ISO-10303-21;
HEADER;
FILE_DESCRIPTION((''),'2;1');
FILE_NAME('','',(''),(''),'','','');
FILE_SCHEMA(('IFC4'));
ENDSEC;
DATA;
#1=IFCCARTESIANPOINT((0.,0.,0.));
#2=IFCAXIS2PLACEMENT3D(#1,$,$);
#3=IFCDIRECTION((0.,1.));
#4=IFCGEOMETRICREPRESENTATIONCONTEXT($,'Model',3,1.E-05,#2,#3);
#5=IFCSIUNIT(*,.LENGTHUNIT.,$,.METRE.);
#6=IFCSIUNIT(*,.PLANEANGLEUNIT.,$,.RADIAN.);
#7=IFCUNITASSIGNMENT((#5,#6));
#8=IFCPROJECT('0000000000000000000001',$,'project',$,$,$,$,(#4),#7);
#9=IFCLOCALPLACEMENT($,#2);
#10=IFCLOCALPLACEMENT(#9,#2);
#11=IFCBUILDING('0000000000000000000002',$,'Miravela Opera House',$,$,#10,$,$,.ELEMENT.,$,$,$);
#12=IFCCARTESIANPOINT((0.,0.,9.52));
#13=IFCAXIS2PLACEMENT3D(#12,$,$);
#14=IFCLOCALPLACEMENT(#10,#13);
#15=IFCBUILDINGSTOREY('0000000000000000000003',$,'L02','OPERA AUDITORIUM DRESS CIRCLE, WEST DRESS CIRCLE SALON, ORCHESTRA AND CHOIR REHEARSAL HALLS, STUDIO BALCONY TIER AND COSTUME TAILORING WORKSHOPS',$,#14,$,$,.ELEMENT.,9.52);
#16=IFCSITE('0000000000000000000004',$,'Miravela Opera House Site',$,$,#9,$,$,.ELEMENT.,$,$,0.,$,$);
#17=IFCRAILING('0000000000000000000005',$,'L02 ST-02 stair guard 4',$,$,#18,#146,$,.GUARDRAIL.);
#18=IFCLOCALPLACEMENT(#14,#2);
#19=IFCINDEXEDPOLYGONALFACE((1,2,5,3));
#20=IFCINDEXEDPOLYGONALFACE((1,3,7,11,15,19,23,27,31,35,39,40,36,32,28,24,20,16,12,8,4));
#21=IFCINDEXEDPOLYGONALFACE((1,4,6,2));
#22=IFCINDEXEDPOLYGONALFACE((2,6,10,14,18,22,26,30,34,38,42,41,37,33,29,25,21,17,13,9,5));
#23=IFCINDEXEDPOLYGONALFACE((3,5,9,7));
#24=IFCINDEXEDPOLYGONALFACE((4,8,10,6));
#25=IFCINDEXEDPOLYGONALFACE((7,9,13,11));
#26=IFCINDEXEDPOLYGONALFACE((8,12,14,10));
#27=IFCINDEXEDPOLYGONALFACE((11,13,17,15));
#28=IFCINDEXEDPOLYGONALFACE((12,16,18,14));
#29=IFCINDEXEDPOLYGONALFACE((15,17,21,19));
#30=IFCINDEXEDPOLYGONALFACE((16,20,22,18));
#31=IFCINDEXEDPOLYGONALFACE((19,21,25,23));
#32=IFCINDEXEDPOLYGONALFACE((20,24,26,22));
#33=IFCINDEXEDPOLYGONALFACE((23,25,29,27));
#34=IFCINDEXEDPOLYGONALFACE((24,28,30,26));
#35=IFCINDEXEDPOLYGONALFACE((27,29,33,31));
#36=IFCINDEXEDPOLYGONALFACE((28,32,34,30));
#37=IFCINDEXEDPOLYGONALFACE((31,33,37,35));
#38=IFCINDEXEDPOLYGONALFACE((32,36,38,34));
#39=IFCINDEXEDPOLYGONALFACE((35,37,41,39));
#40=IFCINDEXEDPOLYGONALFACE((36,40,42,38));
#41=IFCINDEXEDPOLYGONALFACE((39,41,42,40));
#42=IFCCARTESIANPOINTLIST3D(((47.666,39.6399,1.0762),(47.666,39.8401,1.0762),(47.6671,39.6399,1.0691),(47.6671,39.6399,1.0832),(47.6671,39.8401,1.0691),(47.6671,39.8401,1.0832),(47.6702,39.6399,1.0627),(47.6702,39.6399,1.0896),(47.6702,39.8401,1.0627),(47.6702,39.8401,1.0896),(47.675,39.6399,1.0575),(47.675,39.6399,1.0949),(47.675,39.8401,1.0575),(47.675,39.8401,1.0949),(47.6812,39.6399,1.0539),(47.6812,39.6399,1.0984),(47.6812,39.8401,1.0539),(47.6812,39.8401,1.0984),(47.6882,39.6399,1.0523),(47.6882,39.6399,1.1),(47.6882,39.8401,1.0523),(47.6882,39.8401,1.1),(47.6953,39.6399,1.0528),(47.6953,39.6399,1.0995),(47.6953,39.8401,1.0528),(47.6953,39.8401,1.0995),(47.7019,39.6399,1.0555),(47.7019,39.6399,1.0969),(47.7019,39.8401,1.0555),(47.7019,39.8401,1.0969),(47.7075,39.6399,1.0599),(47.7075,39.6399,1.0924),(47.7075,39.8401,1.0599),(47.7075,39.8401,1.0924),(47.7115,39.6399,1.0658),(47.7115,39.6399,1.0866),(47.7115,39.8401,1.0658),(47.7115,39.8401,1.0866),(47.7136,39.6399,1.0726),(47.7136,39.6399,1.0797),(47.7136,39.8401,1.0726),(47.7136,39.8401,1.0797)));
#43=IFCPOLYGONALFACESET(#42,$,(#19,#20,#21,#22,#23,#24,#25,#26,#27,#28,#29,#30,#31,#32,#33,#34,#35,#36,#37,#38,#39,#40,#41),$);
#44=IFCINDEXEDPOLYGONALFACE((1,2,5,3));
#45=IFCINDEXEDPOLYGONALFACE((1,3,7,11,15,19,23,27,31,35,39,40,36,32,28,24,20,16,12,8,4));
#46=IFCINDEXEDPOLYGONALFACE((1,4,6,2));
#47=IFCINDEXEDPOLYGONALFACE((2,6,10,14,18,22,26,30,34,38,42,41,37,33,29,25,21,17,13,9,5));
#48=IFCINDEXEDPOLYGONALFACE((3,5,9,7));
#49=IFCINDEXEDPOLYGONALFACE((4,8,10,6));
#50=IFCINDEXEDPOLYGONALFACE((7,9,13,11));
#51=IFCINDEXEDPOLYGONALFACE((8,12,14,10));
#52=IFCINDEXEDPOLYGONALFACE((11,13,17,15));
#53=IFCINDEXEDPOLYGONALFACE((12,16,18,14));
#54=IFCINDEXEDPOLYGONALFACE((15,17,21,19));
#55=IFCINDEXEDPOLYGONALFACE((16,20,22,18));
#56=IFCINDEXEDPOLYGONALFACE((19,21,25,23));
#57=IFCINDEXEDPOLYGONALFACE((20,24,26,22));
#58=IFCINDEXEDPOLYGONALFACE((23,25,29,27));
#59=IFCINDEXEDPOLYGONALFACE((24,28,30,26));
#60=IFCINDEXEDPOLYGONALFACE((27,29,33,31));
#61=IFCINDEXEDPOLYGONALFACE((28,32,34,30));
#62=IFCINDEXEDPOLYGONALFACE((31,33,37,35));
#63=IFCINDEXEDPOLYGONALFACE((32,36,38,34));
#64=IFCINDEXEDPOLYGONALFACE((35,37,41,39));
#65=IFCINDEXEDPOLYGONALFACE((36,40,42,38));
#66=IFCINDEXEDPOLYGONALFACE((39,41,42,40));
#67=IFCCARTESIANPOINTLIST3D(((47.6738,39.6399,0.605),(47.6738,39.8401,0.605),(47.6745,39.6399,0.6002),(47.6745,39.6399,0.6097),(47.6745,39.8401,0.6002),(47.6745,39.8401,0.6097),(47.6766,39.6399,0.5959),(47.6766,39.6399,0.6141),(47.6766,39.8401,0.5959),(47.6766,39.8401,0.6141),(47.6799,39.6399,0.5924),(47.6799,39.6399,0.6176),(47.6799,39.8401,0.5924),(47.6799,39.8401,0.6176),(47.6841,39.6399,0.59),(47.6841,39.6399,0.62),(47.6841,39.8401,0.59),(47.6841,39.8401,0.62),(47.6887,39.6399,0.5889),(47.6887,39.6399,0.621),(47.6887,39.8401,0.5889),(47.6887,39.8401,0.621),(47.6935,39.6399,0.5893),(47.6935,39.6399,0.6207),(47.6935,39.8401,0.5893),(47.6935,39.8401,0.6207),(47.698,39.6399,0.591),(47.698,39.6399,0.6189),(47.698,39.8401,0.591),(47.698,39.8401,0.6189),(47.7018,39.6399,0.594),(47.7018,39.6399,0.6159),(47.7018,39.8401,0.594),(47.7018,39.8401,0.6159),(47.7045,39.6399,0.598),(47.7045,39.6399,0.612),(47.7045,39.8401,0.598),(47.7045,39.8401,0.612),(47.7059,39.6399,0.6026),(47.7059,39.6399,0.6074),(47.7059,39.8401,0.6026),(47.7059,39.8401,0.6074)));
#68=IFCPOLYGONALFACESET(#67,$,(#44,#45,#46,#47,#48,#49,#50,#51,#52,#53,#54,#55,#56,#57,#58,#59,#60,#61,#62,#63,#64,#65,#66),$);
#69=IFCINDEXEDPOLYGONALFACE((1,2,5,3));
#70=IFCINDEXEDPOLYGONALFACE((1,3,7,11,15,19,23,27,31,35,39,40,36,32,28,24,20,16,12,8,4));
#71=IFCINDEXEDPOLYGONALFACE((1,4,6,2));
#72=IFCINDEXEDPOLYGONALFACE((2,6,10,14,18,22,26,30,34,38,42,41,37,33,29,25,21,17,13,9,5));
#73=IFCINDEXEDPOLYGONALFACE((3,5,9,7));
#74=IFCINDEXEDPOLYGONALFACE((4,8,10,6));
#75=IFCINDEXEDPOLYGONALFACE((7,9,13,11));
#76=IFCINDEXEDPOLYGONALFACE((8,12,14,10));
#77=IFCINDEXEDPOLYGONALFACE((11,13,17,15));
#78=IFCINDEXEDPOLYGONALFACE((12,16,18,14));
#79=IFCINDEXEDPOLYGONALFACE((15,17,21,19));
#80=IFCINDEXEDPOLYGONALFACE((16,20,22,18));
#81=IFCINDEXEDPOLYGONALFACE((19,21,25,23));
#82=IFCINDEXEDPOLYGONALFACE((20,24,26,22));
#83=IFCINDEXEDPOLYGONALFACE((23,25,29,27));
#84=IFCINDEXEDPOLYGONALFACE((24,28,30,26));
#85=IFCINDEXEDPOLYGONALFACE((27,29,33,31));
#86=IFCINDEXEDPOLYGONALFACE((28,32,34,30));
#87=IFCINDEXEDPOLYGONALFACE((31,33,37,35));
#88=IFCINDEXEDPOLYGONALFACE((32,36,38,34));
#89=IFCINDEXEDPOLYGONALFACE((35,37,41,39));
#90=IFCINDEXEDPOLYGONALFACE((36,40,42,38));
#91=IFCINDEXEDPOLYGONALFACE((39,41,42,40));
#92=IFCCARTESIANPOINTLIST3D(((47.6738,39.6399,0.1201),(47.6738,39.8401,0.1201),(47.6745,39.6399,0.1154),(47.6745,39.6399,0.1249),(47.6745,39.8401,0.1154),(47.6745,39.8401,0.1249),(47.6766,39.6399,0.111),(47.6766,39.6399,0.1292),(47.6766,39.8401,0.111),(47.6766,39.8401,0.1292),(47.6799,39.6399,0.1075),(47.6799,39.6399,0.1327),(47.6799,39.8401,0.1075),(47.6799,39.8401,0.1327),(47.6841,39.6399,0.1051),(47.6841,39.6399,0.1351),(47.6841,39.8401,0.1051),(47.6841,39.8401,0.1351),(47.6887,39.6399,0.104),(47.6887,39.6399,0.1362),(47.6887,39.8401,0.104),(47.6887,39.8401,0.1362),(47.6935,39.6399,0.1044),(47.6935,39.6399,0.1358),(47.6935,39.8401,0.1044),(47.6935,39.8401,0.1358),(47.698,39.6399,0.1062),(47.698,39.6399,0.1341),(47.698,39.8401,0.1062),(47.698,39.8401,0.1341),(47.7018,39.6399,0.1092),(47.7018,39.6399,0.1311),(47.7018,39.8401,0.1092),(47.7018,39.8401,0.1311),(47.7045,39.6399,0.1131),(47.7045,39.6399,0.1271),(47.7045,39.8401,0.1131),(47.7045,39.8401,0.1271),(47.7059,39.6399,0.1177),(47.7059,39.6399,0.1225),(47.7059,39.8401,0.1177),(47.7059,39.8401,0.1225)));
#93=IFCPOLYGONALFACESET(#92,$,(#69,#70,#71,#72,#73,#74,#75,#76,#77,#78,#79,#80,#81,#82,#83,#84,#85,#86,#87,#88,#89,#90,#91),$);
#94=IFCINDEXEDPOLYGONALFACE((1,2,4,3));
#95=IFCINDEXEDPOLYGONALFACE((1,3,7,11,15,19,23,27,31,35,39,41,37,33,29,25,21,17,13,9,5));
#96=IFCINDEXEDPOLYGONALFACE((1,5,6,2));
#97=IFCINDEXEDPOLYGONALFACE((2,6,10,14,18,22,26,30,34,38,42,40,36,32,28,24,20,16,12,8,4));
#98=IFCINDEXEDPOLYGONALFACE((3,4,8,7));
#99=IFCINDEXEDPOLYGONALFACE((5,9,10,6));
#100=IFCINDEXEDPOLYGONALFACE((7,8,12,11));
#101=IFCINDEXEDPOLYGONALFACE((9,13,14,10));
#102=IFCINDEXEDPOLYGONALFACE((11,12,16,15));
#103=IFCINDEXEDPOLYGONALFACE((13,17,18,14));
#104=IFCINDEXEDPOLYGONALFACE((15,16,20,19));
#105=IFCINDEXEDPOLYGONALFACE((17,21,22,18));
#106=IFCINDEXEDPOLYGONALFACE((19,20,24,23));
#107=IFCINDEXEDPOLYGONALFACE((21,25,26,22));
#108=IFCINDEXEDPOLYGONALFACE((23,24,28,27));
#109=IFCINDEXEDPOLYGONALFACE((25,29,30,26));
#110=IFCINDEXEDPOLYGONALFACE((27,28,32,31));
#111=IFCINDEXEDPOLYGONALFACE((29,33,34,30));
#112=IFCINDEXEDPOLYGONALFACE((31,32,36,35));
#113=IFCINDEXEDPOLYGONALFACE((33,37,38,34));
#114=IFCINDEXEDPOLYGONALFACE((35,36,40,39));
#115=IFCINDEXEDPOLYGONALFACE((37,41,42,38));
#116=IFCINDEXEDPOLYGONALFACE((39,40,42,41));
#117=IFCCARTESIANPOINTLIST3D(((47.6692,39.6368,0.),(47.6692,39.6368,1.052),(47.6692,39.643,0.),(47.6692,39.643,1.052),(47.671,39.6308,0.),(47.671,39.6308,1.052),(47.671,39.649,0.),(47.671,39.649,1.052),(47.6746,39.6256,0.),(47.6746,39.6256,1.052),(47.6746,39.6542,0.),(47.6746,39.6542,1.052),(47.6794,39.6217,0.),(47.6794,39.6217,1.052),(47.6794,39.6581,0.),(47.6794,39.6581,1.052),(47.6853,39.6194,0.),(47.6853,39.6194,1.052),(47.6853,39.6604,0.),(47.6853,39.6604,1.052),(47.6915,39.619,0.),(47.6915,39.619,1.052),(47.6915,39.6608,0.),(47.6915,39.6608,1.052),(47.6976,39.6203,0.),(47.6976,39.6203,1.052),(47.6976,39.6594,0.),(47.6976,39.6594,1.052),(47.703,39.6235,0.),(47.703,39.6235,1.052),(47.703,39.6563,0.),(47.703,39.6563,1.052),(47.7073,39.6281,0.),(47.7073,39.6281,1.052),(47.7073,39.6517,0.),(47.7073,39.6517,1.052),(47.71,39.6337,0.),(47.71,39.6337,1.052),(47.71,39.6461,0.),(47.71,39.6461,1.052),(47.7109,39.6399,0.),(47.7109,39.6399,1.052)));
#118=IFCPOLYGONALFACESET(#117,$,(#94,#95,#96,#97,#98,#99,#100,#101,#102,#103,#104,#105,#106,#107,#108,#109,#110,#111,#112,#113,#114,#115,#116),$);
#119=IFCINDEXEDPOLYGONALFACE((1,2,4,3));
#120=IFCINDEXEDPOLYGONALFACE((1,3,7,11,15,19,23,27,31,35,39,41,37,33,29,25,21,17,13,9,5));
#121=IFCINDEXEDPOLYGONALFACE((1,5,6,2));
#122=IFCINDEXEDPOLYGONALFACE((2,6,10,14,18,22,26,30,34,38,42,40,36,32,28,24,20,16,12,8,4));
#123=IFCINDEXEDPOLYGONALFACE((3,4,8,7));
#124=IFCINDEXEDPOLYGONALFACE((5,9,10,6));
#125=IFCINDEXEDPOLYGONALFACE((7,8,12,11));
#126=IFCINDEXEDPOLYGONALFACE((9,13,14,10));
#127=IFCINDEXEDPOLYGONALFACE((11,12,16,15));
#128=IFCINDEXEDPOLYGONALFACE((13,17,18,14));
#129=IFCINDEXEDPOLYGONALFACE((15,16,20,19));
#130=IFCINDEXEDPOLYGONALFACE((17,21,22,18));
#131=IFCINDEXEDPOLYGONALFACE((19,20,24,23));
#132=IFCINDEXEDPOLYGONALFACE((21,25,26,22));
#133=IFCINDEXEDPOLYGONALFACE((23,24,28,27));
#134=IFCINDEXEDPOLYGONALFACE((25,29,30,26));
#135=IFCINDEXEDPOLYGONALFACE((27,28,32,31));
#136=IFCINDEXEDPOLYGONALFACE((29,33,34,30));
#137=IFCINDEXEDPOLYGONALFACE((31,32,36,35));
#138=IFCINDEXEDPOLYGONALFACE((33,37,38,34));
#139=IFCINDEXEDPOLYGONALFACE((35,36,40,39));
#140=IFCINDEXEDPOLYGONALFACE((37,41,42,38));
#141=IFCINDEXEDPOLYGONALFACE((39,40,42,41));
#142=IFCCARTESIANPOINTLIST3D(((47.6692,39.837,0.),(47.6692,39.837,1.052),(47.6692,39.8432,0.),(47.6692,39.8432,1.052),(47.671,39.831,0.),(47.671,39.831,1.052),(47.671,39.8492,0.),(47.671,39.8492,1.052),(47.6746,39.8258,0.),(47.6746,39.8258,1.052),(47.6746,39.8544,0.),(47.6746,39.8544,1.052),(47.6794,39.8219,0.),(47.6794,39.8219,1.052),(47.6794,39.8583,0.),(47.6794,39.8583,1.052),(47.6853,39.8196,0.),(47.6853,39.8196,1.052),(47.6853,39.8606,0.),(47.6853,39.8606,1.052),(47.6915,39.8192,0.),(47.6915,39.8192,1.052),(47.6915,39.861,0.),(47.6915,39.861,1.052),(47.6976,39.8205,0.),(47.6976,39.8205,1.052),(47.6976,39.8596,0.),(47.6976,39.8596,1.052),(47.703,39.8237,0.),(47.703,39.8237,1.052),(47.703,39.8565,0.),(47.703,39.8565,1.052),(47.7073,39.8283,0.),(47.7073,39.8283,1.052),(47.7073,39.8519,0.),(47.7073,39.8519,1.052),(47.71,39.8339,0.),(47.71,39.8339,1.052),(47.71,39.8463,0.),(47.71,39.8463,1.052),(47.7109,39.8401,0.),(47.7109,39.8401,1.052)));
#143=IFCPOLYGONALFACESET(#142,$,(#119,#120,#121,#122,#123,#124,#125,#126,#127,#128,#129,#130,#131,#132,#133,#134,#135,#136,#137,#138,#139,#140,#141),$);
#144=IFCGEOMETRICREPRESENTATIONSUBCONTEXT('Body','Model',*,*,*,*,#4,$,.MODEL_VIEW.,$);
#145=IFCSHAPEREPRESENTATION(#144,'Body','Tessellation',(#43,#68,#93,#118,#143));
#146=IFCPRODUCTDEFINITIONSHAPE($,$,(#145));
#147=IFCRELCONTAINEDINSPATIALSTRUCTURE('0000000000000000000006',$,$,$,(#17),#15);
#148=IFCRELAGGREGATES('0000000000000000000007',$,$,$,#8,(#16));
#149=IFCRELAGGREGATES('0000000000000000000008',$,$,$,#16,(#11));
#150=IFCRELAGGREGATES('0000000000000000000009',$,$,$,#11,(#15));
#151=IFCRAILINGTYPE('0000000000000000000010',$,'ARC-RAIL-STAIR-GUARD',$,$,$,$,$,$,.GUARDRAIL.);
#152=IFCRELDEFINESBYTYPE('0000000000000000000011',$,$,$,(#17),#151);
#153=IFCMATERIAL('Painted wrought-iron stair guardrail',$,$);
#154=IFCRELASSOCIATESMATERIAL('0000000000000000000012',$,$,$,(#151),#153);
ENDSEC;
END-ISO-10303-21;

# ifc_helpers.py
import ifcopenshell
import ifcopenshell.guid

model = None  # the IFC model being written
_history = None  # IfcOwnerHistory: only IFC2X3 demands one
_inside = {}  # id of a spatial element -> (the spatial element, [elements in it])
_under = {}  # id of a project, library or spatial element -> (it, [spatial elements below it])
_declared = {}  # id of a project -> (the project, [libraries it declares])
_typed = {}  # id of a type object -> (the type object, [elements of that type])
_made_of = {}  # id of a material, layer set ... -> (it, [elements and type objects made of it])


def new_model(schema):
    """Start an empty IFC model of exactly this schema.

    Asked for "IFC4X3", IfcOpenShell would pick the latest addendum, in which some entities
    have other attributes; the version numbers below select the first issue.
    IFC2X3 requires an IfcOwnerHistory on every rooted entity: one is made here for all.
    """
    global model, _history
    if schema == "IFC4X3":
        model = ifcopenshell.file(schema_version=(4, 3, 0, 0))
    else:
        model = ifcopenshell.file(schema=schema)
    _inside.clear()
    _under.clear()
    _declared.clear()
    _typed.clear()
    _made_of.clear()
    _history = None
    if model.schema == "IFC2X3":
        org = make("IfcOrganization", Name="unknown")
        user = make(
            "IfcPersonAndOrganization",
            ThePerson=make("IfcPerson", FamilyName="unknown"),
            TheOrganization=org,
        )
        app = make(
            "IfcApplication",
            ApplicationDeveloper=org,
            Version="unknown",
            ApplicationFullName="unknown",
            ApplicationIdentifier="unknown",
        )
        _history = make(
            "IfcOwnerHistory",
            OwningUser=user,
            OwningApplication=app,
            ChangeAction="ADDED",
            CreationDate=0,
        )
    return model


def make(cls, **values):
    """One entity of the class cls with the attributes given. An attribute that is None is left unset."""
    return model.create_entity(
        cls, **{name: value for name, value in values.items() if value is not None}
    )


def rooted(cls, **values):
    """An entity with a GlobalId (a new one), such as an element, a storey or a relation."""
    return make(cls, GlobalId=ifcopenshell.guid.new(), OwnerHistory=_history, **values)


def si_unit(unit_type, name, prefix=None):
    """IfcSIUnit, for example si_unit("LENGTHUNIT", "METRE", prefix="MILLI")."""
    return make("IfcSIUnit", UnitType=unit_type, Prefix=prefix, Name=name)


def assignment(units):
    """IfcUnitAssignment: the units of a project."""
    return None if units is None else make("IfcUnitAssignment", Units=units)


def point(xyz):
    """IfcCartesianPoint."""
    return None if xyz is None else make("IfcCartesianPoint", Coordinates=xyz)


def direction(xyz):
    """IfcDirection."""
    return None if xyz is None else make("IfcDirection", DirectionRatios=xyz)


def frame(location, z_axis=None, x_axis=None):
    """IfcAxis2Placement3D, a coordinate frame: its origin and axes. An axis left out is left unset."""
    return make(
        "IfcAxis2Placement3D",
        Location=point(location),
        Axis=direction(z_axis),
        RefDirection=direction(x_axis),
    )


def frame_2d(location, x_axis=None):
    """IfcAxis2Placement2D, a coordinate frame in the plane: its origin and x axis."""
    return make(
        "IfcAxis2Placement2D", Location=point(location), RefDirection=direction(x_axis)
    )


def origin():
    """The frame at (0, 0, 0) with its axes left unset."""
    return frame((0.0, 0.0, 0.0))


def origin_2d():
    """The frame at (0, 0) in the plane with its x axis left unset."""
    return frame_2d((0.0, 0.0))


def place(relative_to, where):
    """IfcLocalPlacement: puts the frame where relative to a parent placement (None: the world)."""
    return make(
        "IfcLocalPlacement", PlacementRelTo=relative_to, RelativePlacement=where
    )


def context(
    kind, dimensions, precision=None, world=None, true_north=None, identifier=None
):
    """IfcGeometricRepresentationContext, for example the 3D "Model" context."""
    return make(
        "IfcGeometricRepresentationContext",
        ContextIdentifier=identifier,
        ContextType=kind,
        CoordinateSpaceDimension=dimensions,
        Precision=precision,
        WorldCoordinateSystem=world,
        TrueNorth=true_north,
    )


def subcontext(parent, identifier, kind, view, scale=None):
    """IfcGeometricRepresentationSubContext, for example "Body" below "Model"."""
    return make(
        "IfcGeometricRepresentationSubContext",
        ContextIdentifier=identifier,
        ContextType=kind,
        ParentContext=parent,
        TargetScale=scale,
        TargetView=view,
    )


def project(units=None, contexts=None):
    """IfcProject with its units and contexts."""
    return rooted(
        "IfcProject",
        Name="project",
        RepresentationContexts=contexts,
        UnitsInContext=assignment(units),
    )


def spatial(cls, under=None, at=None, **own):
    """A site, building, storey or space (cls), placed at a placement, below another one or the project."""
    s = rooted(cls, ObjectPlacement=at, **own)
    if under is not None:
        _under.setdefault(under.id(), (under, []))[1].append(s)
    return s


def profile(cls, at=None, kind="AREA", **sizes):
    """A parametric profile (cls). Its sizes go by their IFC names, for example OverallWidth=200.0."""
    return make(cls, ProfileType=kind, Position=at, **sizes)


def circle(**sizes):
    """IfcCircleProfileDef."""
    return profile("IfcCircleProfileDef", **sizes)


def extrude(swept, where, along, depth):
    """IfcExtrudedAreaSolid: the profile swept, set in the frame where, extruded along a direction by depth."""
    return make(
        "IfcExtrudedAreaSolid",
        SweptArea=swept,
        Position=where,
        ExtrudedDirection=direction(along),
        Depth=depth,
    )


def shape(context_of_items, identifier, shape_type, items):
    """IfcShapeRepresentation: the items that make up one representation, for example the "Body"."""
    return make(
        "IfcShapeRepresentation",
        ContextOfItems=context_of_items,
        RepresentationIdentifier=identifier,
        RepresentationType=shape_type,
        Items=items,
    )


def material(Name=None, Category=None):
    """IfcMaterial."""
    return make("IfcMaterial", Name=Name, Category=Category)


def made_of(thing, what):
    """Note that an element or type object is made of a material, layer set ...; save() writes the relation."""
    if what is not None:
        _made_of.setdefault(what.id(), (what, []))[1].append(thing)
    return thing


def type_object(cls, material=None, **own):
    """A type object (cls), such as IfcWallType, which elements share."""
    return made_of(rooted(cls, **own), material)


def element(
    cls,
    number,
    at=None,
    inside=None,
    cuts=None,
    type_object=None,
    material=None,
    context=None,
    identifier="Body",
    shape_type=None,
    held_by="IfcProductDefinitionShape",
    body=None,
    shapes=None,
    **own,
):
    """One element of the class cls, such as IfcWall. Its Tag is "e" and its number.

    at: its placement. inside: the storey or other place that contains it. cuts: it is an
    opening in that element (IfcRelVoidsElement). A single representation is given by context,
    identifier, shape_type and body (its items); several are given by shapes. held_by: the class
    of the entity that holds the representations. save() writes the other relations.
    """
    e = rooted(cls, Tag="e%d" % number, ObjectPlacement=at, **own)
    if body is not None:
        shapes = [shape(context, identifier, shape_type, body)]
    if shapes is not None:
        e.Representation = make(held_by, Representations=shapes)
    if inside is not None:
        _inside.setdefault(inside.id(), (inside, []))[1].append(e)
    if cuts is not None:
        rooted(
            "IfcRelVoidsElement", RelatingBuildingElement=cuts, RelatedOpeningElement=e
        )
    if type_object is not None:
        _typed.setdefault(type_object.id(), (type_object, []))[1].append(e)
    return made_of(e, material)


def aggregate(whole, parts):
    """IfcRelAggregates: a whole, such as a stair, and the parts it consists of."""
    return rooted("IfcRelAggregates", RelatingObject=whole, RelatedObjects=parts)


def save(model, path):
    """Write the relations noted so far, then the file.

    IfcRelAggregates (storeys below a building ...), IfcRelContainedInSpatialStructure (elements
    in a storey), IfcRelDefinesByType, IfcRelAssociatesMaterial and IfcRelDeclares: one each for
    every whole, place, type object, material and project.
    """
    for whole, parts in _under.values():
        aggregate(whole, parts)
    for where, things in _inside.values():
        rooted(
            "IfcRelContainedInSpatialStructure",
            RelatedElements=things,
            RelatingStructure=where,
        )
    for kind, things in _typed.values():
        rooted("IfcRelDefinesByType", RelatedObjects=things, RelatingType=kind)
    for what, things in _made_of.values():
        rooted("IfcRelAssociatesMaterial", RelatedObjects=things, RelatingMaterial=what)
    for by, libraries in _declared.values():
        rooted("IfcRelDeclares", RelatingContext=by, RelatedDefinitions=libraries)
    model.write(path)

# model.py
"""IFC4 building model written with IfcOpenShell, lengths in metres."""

from ifc_helpers import new_model, si_unit, direction, frame, origin, origin_2d, place, context, subcontext, project, spatial, circle, extrude, material, type_object, element, save


model = new_model("IFC4")

# Units and contexts
model_context = context("Model", 3, precision=1e-05, world=origin(), true_north=direction((0.0, 1.0)))
body_context = subcontext(model_context, "Body", "Model", "MODEL_VIEW")
ifc_project = project(units=[si_unit("LENGTHUNIT", "METRE"), si_unit("PLANEANGLEUNIT", "RADIAN")], contexts=[model_context])

# Site, building, storey
site_placement = place(None, origin())
site = spatial("IfcSite", under=ifc_project, at=site_placement, Name="Miravela Opera House Site", CompositionType="ELEMENT", RefElevation=0.0)
building_placement = place(site_placement, origin())
building = spatial("IfcBuilding", under=site, at=building_placement, Name="Miravela Opera House", CompositionType="ELEMENT")
storey_placement = place(building_placement, frame((0.0, 0.0, 9.52)))
storey = spatial("IfcBuildingStorey", under=building, at=storey_placement, Name="L02", Description="OPERA AUDITORIUM DRESS CIRCLE, WEST DRESS CIRCLE SALON, ORCHESTRA AND CHOIR REHEARSAL HALLS, STUDIO BALCONY TIER AND COSTUME TAILORING WORKSHOPS", CompositionType="ELEMENT", Elevation=9.52)

# Railing
ifc_material_1 = material(Name="Painted wrought-iron stair guardrail")
railing_type_1 = type_object("IfcRailingType", Name="ARC-RAIL-STAIR-GUARD", PredefinedType="GUARDRAIL", material=ifc_material_1)
railing_1_placement = place(storey_placement, frame((47.6899, 39.6399, 0.0)))
element("IfcRailing", 1, at=railing_1_placement, inside=storey, type_object=railing_type_1, Name="L02 ST-02 stair guard 4", PredefinedType="GUARDRAIL", context=body_context, shape_type="SweptSolid", body=[
    extrude(circle(Radius=0.0239, at=origin_2d()), frame((0.0, 0.0, 1.0762), z_axis=(0.0, 1.0, 0.0), x_axis=(-1.0, 0.0, 0.0)), (0.0, 0.0, 1.0), 0.2002),
    extrude(circle(Radius=0.0161, at=origin_2d()), frame((0.0, 0.0, 0.605), z_axis=(0.0, 1.0, 0.0), x_axis=(-1.0, 0.0, 0.0)), (0.0, 0.0, 1.0), 0.2002),
    extrude(circle(Radius=0.0161, at=origin_2d()), frame((0.0, 0.0, 0.1201), z_axis=(0.0, 1.0, 0.0), x_axis=(-1.0, 0.0, 0.0)), (0.0, 0.0, 1.0), 0.2002),
    extrude(circle(Radius=0.021, at=origin_2d()), origin(), (0.0, 0.0, 1.0), 1.052),
    extrude(circle(Radius=0.021, at=origin_2d()), frame((0.0, 0.2002, 0.0)), (0.0, 0.0, 1.0), 1.052),
])

save(model, "model.ifc")
